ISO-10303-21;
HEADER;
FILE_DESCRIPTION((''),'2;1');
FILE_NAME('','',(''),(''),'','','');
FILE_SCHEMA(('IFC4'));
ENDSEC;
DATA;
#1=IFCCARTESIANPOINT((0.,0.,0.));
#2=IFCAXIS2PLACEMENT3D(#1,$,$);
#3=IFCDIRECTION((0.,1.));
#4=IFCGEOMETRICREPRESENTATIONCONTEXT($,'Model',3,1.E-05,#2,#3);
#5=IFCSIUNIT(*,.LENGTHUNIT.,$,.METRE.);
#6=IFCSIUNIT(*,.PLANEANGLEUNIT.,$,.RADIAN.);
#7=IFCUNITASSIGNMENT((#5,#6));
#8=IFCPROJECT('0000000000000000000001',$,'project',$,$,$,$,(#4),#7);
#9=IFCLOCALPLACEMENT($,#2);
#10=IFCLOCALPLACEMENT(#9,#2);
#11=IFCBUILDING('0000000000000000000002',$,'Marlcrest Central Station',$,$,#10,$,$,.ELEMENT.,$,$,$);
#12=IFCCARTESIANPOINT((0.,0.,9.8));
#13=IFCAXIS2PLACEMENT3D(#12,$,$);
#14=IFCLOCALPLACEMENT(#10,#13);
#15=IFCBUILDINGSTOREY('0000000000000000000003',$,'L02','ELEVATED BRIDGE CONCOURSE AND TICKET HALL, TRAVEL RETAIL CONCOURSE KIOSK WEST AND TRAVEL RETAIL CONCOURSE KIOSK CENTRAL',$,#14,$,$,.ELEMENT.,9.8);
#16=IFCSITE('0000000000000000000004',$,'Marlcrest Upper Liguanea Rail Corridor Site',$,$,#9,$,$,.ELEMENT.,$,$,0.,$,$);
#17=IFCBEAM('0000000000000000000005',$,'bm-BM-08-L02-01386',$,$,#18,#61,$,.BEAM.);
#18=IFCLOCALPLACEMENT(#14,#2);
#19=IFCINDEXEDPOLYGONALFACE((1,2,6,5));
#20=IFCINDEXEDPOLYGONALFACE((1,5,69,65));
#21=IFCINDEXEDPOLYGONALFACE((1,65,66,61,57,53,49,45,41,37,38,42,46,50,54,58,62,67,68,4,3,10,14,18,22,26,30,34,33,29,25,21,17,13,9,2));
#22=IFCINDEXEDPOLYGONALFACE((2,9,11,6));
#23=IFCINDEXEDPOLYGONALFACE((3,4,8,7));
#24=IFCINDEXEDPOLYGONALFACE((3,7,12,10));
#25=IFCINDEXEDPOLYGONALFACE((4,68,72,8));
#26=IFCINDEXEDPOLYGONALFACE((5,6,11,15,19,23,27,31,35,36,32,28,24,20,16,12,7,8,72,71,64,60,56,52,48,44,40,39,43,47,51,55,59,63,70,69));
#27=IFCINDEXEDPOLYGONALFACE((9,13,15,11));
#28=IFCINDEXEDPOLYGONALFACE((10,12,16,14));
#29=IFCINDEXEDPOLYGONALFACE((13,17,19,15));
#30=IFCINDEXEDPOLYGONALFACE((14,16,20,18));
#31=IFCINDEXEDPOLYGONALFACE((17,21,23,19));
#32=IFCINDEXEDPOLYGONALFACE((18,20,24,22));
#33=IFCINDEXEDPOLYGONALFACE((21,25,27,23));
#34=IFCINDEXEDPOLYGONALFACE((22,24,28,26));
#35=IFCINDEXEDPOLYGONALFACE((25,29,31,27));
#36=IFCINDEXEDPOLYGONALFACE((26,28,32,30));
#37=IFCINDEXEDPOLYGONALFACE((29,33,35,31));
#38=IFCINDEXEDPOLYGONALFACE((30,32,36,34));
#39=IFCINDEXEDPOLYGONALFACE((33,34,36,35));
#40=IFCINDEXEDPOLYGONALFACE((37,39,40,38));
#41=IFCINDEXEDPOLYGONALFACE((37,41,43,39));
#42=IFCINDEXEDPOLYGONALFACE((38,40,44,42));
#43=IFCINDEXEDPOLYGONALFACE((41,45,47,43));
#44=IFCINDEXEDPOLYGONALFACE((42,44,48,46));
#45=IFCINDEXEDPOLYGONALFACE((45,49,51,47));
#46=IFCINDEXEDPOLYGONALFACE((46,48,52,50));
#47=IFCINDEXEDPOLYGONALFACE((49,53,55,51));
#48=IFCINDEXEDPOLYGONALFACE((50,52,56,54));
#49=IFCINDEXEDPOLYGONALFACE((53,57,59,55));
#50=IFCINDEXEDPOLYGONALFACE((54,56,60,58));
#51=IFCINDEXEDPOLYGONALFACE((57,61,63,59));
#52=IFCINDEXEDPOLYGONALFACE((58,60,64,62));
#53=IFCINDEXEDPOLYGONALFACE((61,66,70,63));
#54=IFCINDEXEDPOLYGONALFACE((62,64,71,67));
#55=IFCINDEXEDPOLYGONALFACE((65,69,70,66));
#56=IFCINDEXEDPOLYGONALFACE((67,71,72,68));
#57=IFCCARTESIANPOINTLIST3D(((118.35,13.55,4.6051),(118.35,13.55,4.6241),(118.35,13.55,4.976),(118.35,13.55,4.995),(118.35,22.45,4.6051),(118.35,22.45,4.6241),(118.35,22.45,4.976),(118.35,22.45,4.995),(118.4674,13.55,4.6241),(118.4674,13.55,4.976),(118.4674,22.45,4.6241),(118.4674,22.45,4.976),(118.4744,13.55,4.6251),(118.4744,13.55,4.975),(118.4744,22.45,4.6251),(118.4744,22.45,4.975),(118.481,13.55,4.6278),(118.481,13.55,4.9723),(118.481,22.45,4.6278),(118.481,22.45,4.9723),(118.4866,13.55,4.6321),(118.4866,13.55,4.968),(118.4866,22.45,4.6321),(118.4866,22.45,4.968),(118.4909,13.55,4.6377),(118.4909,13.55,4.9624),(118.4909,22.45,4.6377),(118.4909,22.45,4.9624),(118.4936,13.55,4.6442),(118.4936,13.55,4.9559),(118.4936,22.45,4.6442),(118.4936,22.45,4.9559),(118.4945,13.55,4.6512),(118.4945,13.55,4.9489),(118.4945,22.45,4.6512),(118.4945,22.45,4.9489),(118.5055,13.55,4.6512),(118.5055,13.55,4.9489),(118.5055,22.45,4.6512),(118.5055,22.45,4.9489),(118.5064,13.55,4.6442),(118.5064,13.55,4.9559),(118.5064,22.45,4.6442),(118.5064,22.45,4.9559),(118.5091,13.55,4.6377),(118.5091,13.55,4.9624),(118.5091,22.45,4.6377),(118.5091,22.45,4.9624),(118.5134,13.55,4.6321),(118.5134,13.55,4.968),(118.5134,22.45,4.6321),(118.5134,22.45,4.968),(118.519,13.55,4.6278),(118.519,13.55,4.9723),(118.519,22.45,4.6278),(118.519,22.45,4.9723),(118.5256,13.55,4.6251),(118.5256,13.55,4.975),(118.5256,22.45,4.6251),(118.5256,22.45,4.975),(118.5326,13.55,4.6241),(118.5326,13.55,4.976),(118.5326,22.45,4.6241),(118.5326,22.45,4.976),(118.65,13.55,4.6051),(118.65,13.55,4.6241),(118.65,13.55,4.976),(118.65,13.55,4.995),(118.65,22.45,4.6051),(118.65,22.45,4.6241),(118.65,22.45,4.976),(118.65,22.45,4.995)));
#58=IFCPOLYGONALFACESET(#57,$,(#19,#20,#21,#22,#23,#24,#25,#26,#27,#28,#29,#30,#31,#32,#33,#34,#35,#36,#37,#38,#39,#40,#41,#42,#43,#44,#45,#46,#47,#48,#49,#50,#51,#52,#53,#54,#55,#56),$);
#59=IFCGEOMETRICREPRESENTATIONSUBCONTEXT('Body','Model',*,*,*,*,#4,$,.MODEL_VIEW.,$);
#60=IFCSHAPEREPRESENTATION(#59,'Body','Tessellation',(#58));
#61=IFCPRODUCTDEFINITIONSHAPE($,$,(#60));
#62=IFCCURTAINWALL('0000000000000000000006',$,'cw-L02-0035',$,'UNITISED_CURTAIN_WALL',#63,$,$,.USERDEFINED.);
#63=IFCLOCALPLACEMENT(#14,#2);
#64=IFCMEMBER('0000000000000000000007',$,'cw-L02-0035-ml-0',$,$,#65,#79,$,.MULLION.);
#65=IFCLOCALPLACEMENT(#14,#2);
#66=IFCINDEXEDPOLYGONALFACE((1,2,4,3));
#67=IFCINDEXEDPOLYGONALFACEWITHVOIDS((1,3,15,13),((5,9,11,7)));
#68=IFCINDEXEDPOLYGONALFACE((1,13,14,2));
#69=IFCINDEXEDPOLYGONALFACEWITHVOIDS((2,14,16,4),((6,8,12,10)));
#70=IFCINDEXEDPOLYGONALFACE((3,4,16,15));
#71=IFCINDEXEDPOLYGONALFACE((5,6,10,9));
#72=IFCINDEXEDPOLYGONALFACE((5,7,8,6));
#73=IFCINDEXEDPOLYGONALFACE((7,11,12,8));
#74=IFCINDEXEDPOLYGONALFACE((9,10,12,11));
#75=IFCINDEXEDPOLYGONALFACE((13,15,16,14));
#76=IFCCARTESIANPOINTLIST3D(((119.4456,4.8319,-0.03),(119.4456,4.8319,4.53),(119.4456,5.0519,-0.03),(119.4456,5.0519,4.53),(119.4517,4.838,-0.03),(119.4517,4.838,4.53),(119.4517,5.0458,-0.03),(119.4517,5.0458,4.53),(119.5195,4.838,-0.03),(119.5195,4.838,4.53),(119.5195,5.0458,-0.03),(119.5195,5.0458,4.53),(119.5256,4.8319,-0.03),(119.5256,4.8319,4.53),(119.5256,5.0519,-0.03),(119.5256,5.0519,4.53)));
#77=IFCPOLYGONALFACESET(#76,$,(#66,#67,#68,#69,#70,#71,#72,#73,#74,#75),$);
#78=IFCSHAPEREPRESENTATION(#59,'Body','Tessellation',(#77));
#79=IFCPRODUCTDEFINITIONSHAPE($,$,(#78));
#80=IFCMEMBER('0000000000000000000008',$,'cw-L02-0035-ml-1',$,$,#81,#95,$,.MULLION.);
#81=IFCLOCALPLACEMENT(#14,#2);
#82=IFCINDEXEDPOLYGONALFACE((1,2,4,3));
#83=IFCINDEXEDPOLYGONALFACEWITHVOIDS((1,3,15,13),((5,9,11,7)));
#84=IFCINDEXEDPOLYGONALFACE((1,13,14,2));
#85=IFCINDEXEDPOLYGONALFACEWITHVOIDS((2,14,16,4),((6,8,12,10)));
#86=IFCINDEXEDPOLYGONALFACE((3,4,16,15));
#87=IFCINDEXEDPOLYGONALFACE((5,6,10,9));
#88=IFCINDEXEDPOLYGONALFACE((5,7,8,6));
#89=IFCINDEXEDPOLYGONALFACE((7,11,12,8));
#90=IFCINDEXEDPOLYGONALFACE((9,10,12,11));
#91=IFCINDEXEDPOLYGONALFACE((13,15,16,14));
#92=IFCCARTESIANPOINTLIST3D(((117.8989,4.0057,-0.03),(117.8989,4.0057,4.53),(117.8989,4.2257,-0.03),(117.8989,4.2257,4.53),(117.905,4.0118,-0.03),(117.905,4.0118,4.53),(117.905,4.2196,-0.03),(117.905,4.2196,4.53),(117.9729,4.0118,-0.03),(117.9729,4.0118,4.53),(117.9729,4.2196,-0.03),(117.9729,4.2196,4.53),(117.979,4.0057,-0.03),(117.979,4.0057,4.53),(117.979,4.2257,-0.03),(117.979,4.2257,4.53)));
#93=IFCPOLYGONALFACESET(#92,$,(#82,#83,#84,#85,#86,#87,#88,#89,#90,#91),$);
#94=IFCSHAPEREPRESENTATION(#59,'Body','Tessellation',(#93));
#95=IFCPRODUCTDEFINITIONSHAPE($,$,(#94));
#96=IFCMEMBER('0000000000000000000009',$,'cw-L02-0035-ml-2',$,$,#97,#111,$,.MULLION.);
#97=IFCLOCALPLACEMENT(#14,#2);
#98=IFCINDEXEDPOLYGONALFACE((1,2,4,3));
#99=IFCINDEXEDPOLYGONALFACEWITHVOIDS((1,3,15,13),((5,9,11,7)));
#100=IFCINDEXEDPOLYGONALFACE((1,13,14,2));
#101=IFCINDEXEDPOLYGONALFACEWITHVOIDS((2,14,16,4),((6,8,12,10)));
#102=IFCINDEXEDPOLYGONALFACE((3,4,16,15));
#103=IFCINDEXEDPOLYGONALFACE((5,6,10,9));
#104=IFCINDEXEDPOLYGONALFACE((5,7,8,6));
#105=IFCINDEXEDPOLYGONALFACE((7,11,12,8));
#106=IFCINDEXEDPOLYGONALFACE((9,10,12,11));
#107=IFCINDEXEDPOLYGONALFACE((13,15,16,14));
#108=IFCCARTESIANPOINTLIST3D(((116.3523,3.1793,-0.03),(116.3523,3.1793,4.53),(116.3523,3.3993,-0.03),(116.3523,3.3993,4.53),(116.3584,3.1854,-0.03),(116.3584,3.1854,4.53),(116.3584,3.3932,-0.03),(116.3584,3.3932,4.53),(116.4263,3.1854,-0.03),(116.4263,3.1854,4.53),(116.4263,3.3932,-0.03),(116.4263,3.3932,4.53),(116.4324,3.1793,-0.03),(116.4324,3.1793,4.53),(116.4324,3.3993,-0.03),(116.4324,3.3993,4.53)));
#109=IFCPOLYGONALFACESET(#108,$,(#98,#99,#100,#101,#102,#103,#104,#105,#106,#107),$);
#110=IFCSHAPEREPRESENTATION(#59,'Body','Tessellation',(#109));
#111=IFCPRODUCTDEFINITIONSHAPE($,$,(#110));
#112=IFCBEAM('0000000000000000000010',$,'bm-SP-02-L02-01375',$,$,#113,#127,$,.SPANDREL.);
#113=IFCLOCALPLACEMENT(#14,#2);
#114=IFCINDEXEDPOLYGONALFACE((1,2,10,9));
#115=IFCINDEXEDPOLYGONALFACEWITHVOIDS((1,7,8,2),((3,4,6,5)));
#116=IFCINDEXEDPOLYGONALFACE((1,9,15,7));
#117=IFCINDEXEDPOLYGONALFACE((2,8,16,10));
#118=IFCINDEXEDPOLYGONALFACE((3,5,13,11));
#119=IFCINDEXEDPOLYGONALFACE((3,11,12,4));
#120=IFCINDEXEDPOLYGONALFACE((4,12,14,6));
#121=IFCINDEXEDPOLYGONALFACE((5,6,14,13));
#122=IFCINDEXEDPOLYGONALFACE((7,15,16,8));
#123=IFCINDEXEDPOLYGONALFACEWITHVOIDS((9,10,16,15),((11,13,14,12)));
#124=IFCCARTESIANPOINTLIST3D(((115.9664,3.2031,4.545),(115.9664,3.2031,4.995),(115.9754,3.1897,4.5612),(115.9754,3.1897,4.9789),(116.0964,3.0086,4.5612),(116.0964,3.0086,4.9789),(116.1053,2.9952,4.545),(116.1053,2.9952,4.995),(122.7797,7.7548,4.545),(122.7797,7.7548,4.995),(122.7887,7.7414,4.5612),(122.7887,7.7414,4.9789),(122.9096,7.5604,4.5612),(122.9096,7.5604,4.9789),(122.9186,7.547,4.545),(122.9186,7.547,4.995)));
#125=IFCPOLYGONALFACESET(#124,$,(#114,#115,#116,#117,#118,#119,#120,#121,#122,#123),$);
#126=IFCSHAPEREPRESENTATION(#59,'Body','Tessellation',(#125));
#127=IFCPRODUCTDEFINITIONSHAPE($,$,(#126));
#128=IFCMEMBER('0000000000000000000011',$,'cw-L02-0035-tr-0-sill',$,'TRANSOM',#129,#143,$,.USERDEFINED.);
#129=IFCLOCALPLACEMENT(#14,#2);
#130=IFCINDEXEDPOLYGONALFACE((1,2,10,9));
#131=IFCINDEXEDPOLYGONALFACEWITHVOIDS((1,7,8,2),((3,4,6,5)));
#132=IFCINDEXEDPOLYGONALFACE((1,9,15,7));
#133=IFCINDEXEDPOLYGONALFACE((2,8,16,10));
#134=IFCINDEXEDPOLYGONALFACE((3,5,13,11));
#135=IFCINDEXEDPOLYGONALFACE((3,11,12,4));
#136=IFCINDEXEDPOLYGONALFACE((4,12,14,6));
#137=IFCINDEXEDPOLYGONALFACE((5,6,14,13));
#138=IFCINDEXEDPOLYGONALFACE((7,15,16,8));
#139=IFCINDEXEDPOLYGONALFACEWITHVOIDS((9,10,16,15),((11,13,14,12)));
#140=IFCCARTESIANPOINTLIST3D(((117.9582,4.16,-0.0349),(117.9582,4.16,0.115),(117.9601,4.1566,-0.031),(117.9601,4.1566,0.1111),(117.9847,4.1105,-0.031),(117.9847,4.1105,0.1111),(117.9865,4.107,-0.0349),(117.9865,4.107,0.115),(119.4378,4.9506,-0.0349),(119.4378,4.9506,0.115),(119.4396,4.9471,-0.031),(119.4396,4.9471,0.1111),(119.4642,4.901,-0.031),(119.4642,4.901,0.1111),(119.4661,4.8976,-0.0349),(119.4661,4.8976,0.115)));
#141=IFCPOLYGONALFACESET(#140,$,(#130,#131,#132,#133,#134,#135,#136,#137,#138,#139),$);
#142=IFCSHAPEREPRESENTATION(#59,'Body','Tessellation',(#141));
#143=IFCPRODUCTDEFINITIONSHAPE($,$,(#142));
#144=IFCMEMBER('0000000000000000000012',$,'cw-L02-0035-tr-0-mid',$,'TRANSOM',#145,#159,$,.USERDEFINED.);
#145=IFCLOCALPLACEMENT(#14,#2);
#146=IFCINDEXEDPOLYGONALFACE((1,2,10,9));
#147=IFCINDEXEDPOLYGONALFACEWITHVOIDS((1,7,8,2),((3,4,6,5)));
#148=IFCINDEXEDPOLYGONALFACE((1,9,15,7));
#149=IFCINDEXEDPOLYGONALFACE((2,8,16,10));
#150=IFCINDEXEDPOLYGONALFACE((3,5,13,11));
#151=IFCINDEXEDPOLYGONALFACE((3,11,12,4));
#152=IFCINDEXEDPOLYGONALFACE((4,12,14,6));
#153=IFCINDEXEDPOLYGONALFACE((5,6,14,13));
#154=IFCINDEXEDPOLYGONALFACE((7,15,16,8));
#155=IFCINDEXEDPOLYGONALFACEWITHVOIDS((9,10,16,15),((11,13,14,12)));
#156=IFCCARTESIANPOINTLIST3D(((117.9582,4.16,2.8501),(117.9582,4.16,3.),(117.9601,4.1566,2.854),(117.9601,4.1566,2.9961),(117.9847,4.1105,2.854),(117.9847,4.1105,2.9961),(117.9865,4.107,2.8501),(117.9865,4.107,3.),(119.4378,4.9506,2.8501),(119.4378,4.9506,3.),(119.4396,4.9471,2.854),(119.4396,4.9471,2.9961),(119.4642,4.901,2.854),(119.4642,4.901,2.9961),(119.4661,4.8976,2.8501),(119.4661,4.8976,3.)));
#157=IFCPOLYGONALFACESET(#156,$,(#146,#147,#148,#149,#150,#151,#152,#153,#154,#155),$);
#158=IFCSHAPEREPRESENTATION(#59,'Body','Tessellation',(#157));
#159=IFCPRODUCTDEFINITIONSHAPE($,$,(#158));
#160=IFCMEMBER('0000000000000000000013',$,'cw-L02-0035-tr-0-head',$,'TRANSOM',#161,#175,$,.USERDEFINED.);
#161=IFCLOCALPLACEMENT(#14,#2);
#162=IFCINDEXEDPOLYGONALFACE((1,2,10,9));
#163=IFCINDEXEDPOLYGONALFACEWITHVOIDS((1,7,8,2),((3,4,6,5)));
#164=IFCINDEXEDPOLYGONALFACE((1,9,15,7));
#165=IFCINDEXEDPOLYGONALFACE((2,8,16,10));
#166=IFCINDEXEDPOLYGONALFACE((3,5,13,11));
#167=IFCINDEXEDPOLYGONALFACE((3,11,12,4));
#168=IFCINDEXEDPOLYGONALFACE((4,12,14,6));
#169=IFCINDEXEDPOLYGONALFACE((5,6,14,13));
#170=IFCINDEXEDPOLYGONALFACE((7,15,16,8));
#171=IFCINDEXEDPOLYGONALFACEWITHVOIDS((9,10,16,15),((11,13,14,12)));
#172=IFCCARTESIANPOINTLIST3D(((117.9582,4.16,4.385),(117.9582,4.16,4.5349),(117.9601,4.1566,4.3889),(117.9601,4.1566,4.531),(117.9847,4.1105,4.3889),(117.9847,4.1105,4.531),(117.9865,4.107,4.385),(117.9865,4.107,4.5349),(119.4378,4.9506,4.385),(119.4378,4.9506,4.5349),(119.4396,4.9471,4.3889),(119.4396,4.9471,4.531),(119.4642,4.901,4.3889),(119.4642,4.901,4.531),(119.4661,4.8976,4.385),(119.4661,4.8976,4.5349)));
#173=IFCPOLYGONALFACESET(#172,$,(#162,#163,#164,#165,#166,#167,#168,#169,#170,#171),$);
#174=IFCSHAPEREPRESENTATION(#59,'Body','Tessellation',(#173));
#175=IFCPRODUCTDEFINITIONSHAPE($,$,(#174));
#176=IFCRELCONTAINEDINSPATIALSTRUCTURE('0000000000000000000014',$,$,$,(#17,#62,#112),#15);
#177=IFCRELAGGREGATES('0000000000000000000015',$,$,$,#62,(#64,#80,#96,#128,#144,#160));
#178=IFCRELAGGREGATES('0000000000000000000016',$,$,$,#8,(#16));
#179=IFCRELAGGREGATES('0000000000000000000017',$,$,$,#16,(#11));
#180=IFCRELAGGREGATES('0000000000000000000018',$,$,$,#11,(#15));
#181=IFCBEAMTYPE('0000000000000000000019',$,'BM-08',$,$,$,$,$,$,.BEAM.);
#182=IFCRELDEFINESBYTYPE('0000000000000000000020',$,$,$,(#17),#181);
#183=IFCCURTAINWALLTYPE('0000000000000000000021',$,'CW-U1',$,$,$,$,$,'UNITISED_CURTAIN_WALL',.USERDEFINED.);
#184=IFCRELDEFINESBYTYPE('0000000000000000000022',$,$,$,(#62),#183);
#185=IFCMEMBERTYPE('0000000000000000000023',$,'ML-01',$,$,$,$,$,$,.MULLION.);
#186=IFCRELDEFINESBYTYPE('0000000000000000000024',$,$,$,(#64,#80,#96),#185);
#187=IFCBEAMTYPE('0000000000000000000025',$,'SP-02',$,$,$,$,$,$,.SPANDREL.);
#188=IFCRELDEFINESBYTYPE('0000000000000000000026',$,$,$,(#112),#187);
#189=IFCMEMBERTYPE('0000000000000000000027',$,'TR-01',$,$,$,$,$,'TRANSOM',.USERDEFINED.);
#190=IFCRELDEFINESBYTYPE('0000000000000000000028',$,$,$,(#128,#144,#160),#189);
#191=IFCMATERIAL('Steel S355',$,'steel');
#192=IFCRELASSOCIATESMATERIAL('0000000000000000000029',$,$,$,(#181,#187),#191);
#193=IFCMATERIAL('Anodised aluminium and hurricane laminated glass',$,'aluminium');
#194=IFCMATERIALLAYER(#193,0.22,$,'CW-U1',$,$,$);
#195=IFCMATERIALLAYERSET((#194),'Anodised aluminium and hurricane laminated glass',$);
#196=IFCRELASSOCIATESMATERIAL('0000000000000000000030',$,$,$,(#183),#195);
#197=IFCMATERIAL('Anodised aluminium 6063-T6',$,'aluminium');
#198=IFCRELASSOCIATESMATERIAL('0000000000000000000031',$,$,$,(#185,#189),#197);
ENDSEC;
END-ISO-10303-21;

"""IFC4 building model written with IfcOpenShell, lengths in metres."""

from ifc_helpers import new_model, si_unit, direction, frame, origin, origin_2d, place, context, subcontext, project, spatial, hollow_rectangle, i_section, extrude, material, layer, layer_set, material_profile, profile_set, type_object, element, aggregate, save


model = new_model("IFC4")

# Units and contexts
model_context = context("Model", 3, precision=1e-05, world=origin(), true_north=direction((0.0, 1.0)))
body_context = subcontext(model_context, "Body", "Model", "MODEL_VIEW")
ifc_project = project(units=[si_unit("LENGTHUNIT", "METRE"), si_unit("PLANEANGLEUNIT", "RADIAN")], contexts=[model_context])

# Site, building, storey
site_placement = place(None, origin())
site = spatial("IfcSite", under=ifc_project, at=site_placement, Name="Marlcrest Upper Liguanea Rail Corridor Site", CompositionType="ELEMENT", RefElevation=0.0)
building_placement = place(site_placement, origin())
building = spatial("IfcBuilding", under=site, at=building_placement, Name="Marlcrest Central Station", CompositionType="ELEMENT")
storey_placement = place(building_placement, frame((0.0, 0.0, 9.8)))
storey = spatial("IfcBuildingStorey", under=building, at=storey_placement, Name="L02", Description="ELEVATED BRIDGE CONCOURSE AND TICKET HALL, TRAVEL RETAIL CONCOURSE KIOSK WEST AND TRAVEL RETAIL CONCOURSE KIOSK CENTRAL", CompositionType="ELEMENT", Elevation=9.8)

# Shared definitions
ifc_material_1 = material(Name="Steel S355", Category="steel")

# Beam
ifc_material_profile_1 = material_profile(ifc_material_1, i_section(OverallWidth=0.3, OverallDepth=0.3899, WebThickness=0.011, FlangeThickness=0.019, FilletRadius=0.0271, at=origin_2d()), Name="HEA 400")
ifc_profile_set_1 = profile_set([ifc_material_profile_1], Name="Steel S355")
beam_type_1 = type_object("IfcBeamType", Name="BM-08", PredefinedType="BEAM", material=ifc_profile_set_1)
for number, where, z_axis, x_axis, name in (
    (1, (118.5, 13.55, 4.8), (0.0, 1.0, 0.0), (-1.0, 0.0, 0.0), "bm-BM-08-L02-01386"),
):
    element("IfcBeam", number, at=place(storey_placement, frame(where, z_axis=z_axis, x_axis=x_axis)), inside=storey, type_object=beam_type_1, Name=name, PredefinedType="BEAM", context=body_context, shape_type="SweptSolid", body=[
        extrude(i_section(OverallWidth=0.3, OverallDepth=0.3899, WebThickness=0.011, FlangeThickness=0.019, FilletRadius=0.0271, at=origin_2d()), origin(), (0.0, 0.0, 1.0), 8.8999),
    ])

# Curtain wall, members
ifc_material_2 = material(Name="Anodised aluminium and hurricane laminated glass", Category="aluminium")
ifc_layer_1 = layer(ifc_material_2, 0.22, Name="CW-U1")
ifc_layer_set_1 = layer_set([ifc_layer_1], Name="Anodised aluminium and hurricane laminated glass")
curtain_wall_type = type_object("IfcCurtainWallType", Name="CW-U1", ElementType="UNITISED_CURTAIN_WALL", PredefinedType="USERDEFINED", material=ifc_layer_set_1)
curtain_wall_placement = place(storey_placement, origin())
curtain_wall = element("IfcCurtainWall", 2, at=curtain_wall_placement, inside=storey, type_object=curtain_wall_type, Name="cw-L02-0035", ObjectType="UNITISED_CURTAIN_WALL", PredefinedType="USERDEFINED")
ifc_material_3 = material(Name="Anodised aluminium 6063-T6", Category="aluminium")
ifc_material_profile_2 = material_profile(ifc_material_3, hollow_rectangle(XDim=0.0801, YDim=0.22, WallThickness=0.0061, at=origin_2d()), Name="AA-RHS 220x80x6")
ifc_profile_set_2 = profile_set([ifc_material_profile_2], Name="Anodised aluminium 6063-T6")
member_type_1 = type_object("IfcMemberType", Name="ML-01", PredefinedType="MULLION", material=ifc_profile_set_2)
member_1_placement = place(storey_placement, frame((119.4856, 4.9419, -0.03), z_axis=(0.0, 0.0, 1.0), x_axis=(1.0, 0.0, 0.0)))
member_1 = element("IfcMember", 3, at=member_1_placement, type_object=member_type_1, Name="cw-L02-0035-ml-0", PredefinedType="MULLION", context=body_context, shape_type="SweptSolid", body=[
    extrude(hollow_rectangle(XDim=0.0801, YDim=0.22, WallThickness=0.0061, at=origin_2d()), origin(), (0.0, 0.0, 1.0), 4.5601),
])
member_2_placement = place(storey_placement, frame((117.939, 4.1157, -0.03), z_axis=(0.0, 0.0, 1.0), x_axis=(1.0, 0.0, 0.0)))
member_2 = element("IfcMember", 4, at=member_2_placement, type_object=member_type_1, Name="cw-L02-0035-ml-1", PredefinedType="MULLION", context=body_context, shape_type="SweptSolid", body=[
    extrude(hollow_rectangle(XDim=0.0801, YDim=0.22, WallThickness=0.0061, at=origin_2d()), origin(), (0.0, 0.0, 1.0), 4.5601),
])
member_3_placement = place(storey_placement, frame((116.3923, 3.2893, -0.03), z_axis=(0.0, 0.0, 1.0), x_axis=(1.0, 0.0, 0.0)))
member_3 = element("IfcMember", 5, at=member_3_placement, type_object=member_type_1, Name="cw-L02-0035-ml-2", PredefinedType="MULLION", context=body_context, shape_type="SweptSolid", body=[
    extrude(hollow_rectangle(XDim=0.0801, YDim=0.22, WallThickness=0.0061, at=origin_2d()), origin(), (0.0, 0.0, 1.0), 4.5601),
])

# Beam
ifc_material_profile_3 = material_profile(ifc_material_1, hollow_rectangle(XDim=0.25, YDim=0.45, WallThickness=0.0161, at=origin_2d()), Name="RHS 450x250x16")
ifc_profile_set_3 = profile_set([ifc_material_profile_3], Name="Steel S355")
beam_type_2 = type_object("IfcBeamType", Name="SP-02", PredefinedType="SPANDREL", material=ifc_profile_set_3)
beam_placement = place(storey_placement, frame((116.0359, 3.0991, 4.77), z_axis=(0.831509, 0.555511, 0.0), x_axis=(-0.555511, 0.831509, 0.0)))
element("IfcBeam", 6, at=beam_placement, inside=storey, type_object=beam_type_2, Name="bm-SP-02-L02-01375", PredefinedType="SPANDREL", context=body_context, shape_type="SweptSolid", body=[
    extrude(hollow_rectangle(XDim=0.25, YDim=0.45, WallThickness=0.0161, at=origin_2d()), origin(), (0.0, 0.0, 1.0), 8.1938),
])

# Members
ifc_material_profile_4 = material_profile(ifc_material_3, hollow_rectangle(XDim=0.0601, YDim=0.1499, WallThickness=0.0039, at=origin_2d()), Name="AA-RHS 150x60x4")
ifc_profile_set_4 = profile_set([ifc_material_profile_4], Name="Anodised aluminium 6063-T6")
member_type_2 = type_object("IfcMemberType", Name="TR-01", ElementType="TRANSOM", PredefinedType="USERDEFINED", material=ifc_profile_set_4)
member_4_placement = place(storey_placement, frame((119.4519, 4.9241, 0.04), z_axis=(-0.88199, -0.471268, 0.0), x_axis=(0.471268, -0.88199, 0.0)))
member_4 = element("IfcMember", 7, at=member_4_placement, type_object=member_type_2, Name="cw-L02-0035-tr-0-sill", ObjectType="TRANSOM", PredefinedType="USERDEFINED", context=body_context, shape_type="SweptSolid", body=[
    extrude(hollow_rectangle(XDim=0.0601, YDim=0.1499, WallThickness=0.0039, at=origin_2d()), origin(), (0.0, 0.0, 1.0), 1.6775),
])
member_5_placement = place(storey_placement, frame((119.4519, 4.9241, 2.925), z_axis=(-0.88199, -0.471268, 0.0), x_axis=(0.471268, -0.88199, 0.0)))
member_5 = element("IfcMember", 8, at=member_5_placement, type_object=member_type_2, Name="cw-L02-0035-tr-0-mid", ObjectType="TRANSOM", PredefinedType="USERDEFINED", context=body_context, shape_type="SweptSolid", body=[
    extrude(hollow_rectangle(XDim=0.0601, YDim=0.1499, WallThickness=0.0039, at=origin_2d()), origin(), (0.0, 0.0, 1.0), 1.6775),
])
member_6_placement = place(storey_placement, frame((119.4519, 4.9241, 4.46), z_axis=(-0.88199, -0.471268, 0.0), x_axis=(0.471268, -0.88199, 0.0)))
member_6 = element("IfcMember", 9, at=member_6_placement, type_object=member_type_2, Name="cw-L02-0035-tr-0-head", ObjectType="TRANSOM", PredefinedType="USERDEFINED", context=body_context, shape_type="SweptSolid", body=[
    extrude(hollow_rectangle(XDim=0.0601, YDim=0.1499, WallThickness=0.0039, at=origin_2d()), origin(), (0.0, 0.0, 1.0), 1.6775),
])

aggregate(curtain_wall, [member_1, member_2, member_3, member_4, member_5, member_6])

save(model, "model.ifc")
